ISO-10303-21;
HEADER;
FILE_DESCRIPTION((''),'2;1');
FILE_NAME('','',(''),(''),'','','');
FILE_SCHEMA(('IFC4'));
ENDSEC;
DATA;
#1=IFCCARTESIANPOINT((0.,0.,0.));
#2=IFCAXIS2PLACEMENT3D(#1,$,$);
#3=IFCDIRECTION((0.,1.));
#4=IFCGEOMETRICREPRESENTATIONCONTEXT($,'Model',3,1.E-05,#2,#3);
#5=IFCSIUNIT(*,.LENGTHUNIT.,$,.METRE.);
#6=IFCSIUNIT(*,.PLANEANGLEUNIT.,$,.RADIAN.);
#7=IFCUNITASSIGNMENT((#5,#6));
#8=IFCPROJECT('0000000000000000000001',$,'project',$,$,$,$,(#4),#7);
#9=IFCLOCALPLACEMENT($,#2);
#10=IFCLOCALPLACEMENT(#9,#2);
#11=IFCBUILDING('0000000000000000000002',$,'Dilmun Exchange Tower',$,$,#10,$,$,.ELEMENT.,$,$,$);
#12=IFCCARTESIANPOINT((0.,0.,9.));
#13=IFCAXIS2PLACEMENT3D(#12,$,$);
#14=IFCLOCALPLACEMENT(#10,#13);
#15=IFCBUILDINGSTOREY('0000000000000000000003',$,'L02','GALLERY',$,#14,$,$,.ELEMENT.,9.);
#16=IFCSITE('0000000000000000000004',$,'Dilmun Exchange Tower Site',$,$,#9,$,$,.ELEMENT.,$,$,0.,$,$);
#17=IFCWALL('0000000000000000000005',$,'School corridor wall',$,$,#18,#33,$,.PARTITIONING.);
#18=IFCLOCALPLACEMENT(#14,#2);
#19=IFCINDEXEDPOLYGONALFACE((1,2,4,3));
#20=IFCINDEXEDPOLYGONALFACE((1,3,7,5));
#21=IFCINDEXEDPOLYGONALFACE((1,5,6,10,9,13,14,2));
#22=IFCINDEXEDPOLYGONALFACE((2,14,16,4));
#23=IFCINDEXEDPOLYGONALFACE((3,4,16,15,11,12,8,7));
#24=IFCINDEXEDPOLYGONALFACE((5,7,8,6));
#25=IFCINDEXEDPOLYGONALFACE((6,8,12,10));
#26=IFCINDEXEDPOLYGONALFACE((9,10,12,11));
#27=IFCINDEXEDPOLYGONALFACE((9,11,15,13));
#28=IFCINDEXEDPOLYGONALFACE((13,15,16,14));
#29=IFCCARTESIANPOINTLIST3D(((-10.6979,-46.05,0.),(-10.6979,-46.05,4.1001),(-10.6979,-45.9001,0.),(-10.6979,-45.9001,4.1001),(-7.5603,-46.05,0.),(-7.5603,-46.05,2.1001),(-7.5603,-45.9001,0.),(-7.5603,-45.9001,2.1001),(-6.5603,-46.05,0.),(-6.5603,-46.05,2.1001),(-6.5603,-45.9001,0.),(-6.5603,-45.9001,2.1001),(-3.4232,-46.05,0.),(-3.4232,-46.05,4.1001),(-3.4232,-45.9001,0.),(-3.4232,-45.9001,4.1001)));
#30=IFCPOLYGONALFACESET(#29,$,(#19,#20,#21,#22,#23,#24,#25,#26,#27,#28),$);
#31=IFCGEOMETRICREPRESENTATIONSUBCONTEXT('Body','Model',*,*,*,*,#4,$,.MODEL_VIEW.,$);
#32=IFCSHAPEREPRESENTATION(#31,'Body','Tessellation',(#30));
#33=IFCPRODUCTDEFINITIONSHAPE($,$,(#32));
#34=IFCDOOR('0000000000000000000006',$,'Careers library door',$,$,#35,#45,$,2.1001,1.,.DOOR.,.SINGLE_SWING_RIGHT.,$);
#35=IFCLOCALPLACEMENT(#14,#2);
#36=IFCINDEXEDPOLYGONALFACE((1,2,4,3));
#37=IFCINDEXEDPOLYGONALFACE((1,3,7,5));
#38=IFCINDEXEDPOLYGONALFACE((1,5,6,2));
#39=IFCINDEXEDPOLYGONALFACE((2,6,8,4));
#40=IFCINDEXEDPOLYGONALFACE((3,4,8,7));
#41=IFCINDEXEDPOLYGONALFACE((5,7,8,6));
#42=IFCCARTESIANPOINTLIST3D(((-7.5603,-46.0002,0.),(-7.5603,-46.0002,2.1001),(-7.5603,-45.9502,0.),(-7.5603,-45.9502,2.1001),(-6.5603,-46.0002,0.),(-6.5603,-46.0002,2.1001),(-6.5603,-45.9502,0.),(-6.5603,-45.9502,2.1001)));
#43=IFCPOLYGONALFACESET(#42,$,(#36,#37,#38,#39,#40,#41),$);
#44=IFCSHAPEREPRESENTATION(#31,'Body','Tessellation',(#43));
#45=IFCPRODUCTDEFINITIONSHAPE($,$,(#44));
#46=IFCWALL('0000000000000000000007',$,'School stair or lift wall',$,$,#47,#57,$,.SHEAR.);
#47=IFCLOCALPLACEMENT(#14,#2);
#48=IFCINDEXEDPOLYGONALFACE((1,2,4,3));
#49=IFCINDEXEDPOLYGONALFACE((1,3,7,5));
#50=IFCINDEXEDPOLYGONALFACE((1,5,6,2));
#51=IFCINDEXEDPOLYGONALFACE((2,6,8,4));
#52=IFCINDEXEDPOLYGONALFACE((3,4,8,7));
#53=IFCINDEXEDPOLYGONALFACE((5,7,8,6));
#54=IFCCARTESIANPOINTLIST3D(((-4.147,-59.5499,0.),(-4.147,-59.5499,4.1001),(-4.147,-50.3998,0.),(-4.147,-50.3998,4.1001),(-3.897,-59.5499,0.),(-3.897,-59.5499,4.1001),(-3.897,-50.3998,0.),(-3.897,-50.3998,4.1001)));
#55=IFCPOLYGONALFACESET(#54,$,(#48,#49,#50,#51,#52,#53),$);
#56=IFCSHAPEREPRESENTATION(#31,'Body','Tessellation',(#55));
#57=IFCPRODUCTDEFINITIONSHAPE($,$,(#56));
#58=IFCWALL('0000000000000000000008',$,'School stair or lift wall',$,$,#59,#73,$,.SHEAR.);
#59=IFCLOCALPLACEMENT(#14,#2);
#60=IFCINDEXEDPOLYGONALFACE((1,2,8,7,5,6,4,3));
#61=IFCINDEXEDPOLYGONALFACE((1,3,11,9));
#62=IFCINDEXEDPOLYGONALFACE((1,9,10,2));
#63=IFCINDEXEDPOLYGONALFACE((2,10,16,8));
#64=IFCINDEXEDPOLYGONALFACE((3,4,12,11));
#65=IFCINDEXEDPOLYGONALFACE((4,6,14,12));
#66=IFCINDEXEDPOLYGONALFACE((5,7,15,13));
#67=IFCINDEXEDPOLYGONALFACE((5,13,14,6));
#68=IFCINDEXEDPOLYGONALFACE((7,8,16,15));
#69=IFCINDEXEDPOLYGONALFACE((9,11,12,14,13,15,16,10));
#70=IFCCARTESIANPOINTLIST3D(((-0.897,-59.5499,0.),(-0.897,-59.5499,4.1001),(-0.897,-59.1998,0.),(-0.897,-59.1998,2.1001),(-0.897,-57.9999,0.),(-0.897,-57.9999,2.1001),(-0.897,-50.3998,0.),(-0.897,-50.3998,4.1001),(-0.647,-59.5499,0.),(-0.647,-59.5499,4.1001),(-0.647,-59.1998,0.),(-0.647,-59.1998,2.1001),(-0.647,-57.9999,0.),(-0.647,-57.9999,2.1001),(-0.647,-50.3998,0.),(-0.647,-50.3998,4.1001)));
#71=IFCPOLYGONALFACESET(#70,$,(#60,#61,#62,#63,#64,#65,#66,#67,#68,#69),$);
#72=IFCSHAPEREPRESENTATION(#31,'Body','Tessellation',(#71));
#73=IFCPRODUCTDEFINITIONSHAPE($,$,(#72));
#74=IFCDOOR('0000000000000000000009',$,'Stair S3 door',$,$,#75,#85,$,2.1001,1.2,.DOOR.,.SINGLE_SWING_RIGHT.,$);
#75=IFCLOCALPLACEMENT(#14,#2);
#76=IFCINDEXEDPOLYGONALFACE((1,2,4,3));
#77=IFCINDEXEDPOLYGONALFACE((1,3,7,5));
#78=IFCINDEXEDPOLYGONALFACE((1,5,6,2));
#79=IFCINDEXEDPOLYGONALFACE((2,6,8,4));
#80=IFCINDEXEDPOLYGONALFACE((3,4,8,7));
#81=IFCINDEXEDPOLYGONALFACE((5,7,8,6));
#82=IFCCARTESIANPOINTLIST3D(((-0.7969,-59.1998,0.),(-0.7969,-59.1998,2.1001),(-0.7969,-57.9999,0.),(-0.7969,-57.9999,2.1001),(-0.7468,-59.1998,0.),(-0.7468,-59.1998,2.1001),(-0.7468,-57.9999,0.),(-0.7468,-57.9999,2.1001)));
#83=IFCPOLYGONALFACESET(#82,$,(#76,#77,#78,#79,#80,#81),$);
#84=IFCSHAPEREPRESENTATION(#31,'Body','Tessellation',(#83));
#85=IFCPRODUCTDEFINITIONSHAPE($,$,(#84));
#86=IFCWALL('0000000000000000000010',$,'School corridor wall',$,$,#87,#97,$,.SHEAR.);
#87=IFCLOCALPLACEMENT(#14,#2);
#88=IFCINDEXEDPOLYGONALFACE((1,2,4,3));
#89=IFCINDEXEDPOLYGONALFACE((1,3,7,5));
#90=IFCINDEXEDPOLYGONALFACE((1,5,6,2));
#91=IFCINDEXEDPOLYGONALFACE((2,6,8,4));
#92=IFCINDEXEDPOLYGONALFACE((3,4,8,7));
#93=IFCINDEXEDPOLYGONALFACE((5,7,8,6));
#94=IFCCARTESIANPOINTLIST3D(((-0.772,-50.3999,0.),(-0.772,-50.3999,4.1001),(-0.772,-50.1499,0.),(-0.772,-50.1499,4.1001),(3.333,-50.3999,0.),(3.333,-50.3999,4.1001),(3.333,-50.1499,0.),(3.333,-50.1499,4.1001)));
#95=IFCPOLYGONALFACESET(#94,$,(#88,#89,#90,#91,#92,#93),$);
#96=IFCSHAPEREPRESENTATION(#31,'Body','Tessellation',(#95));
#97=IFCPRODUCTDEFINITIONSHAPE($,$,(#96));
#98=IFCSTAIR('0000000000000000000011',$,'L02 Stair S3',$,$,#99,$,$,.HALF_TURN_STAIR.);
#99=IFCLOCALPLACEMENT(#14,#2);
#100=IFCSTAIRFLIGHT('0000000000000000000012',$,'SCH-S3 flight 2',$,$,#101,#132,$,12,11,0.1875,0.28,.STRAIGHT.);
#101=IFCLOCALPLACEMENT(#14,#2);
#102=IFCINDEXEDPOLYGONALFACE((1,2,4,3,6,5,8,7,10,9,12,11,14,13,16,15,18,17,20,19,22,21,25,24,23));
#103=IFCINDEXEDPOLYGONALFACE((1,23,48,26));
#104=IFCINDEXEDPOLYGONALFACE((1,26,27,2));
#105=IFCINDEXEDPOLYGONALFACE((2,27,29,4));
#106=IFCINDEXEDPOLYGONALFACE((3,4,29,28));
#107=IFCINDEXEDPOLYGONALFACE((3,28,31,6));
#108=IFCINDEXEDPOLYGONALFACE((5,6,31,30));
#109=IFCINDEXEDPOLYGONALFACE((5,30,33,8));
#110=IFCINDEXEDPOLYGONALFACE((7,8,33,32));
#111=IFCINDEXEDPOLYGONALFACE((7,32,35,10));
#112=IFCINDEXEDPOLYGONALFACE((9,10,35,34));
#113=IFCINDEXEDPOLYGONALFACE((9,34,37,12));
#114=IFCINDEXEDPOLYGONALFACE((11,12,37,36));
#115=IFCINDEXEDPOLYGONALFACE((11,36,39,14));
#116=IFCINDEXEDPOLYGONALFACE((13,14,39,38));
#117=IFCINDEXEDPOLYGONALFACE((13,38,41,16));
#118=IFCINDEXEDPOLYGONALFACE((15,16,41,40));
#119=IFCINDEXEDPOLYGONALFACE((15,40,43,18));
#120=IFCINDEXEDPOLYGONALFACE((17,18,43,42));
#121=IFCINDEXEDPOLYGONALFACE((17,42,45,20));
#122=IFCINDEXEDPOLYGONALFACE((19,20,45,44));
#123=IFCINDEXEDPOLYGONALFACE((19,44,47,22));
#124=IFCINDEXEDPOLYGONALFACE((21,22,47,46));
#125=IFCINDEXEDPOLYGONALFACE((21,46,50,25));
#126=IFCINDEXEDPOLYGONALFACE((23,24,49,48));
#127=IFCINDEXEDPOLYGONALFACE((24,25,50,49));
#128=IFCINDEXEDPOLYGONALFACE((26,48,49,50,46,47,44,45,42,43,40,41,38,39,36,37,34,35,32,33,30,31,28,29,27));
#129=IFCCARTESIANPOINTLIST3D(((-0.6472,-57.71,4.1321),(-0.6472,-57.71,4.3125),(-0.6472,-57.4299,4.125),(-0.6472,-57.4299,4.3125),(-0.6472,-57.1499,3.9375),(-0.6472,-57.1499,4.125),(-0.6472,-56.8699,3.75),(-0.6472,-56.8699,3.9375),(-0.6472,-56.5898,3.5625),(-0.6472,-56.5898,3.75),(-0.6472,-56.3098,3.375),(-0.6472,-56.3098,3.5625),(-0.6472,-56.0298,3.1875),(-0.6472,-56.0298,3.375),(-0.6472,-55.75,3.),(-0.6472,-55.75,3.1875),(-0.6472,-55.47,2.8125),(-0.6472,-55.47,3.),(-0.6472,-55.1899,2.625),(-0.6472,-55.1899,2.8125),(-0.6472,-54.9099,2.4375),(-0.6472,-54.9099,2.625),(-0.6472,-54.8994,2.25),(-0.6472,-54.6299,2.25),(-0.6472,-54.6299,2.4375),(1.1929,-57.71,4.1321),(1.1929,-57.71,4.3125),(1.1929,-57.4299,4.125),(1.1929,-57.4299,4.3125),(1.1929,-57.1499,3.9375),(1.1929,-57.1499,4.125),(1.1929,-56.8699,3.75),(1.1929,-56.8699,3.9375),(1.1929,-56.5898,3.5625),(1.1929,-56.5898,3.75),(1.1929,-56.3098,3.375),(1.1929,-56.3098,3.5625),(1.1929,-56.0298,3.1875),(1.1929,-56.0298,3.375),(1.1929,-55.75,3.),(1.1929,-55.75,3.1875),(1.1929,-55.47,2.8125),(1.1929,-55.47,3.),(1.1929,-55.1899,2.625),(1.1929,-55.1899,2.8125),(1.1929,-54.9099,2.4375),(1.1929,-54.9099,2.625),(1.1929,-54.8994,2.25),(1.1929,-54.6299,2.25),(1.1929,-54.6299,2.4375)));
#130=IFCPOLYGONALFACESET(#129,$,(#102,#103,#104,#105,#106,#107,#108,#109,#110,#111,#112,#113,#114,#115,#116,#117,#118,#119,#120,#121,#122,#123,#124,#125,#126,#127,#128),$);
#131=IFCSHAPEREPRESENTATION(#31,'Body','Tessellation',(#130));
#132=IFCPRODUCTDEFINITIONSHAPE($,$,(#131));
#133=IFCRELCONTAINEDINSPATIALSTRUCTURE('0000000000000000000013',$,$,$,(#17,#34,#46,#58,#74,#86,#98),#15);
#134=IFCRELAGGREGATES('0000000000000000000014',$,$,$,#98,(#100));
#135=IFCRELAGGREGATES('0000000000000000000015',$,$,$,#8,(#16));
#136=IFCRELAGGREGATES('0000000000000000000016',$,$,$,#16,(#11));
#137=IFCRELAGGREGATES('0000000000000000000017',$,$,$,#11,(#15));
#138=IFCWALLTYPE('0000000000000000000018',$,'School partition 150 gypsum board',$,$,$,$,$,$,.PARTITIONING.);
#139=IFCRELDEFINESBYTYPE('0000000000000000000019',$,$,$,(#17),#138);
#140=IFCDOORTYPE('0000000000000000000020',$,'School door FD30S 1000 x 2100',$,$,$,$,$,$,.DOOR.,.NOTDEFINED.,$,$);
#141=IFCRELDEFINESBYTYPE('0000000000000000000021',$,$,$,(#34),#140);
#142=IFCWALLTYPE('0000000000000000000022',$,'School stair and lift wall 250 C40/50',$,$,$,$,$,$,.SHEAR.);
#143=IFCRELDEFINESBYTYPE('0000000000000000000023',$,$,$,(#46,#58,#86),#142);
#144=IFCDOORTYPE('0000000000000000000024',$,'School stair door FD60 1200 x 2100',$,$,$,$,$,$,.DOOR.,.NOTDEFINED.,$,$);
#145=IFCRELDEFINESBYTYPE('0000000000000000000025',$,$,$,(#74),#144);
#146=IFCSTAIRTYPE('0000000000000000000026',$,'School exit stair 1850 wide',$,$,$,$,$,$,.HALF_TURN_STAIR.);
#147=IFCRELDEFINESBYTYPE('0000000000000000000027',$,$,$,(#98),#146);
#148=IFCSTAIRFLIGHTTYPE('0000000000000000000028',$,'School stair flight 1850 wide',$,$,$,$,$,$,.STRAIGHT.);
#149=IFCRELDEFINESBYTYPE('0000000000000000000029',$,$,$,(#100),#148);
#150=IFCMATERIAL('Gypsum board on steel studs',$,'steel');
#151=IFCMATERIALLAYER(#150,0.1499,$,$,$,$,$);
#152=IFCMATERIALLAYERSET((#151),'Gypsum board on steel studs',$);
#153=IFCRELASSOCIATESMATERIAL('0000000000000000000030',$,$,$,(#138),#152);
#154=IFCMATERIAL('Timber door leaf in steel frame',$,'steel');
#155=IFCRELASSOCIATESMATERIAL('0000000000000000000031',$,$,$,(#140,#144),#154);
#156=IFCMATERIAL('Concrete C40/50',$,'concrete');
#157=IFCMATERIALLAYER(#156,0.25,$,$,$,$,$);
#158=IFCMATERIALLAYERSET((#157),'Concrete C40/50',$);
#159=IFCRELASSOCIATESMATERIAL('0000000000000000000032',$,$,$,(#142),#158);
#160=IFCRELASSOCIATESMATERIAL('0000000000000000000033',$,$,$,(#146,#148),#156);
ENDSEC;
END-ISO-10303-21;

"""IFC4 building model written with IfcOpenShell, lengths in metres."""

from ifc_helpers import new_model, si_unit, direction, frame, frame_2d, origin, place, context, subcontext, project, spatial, polyline, rectangle, outline, extrude, material, layer, layer_set, type_object, element, fill, aggregate, save


model = new_model("IFC4")

# Units and contexts
model_context = context("Model", 3, precision=1e-05, world=origin(), true_north=direction((0.0, 1.0)))
body_context = subcontext(model_context, "Body", "Model", "MODEL_VIEW")
ifc_project = project(units=[si_unit("LENGTHUNIT", "METRE"), si_unit("PLANEANGLEUNIT", "RADIAN")], contexts=[model_context])

# Site, building, storey
site_placement = place(None, origin())
site = spatial("IfcSite", under=ifc_project, at=site_placement, Name="Dilmun Exchange Tower Site", CompositionType="ELEMENT", RefElevation=0.0)
building_placement = place(site_placement, origin())
building = spatial("IfcBuilding", under=site, at=building_placement, Name="Dilmun Exchange Tower", CompositionType="ELEMENT")
storey_placement = place(building_placement, frame((0.0, 0.0, 9.0)))
storey = spatial("IfcBuildingStorey", under=building, at=storey_placement, Name="L02", Description="GALLERY", CompositionType="ELEMENT", Elevation=9.0)

# Shared definitions
ifc_material_1 = material(Name="Concrete C40/50", Category="concrete")

# Shared definitions
ifc_material_2 = material(Name="Gypsum board on steel studs", Category="steel")
ifc_layer_1 = layer(ifc_material_2, 0.1499)
ifc_layer_set_1 = layer_set([ifc_layer_1], Name="Gypsum board on steel studs")
wall_type_1 = type_object("IfcWallType", Name="School partition 150 gypsum board", PredefinedType="PARTITIONING", material=ifc_layer_set_1)

# Wall, opening, door
ifc_material_3 = material(Name="Timber door leaf in steel frame", Category="steel")
door_type_1 = type_object("IfcDoorType", Name="School door FD30S 1000 x 2100", OperationType="NOTDEFINED", PredefinedType="DOOR", material=ifc_material_3)
wall_1_placement = place(storey_placement, frame((-10.6978, -45.9751, 0.0), z_axis=(0.0, 0.0, 1.0), x_axis=(1.0, 0.0, 0.0)))
wall_1 = element("IfcWall", 1, at=wall_1_placement, inside=storey, type_object=wall_type_1, Name="School corridor wall", PredefinedType="PARTITIONING", context=body_context, shape_type="SweptSolid", body=[
    extrude(rectangle(XDim=7.2747, YDim=0.1499, at=frame_2d((3.6372, 0.0))), origin(), (0.0, 0.0, 1.0), 4.1001),
])
opening_1_placement = place(wall_1_placement, frame((3.1375, 0.0, 0.0)))
opening_1 = element("IfcOpeningElement", 2, at=opening_1_placement, cuts=wall_1, PredefinedType="OPENING", context=body_context, shape_type="SweptSolid", body=[
    extrude(rectangle(XDim=1.0, YDim=2.1001, at=frame_2d((0.5, 1.05))), frame((0.0, 0.085, 0.0), z_axis=(0.0, -1.0, 0.0), x_axis=(1.0, 0.0, 0.0)), (0.0, 0.0, 1.0), 0.1699),
])
door_1_placement = place(opening_1_placement, origin())
door_1 = element("IfcDoor", 3, at=door_1_placement, inside=storey, type_object=door_type_1, Name="Careers library door", OperationType="SINGLE_SWING_RIGHT", OverallHeight=2.1001, OverallWidth=1.0, PredefinedType="DOOR", context=body_context, shape_type="SweptSolid", body=[
    extrude(rectangle(XDim=1.0, YDim=2.1001, at=frame_2d((0.5, 1.05))), frame((0.0, 0.0249, 0.0), z_axis=(0.0, -1.0, 0.0), x_axis=(1.0, 0.0, 0.0)), (0.0, 0.0, 1.0), 0.05),
])
fill(opening_1, door_1)

# Wall
ifc_layer_2 = layer(ifc_material_1, 0.25)
ifc_layer_set_2 = layer_set([ifc_layer_2], Name="Concrete C40/50")
wall_type_2 = type_object("IfcWallType", Name="School stair and lift wall 250 C40/50", PredefinedType="SHEAR", material=ifc_layer_set_2)
wall_2_placement = place(storey_placement, frame((-4.022, -59.55, 0.0), z_axis=(0.0, 0.0, 1.0), x_axis=(0.0, 1.0, 0.0)))
element("IfcWall", 4, at=wall_2_placement, inside=storey, type_object=wall_type_2, Name="School stair or lift wall", PredefinedType="SHEAR", context=body_context, shape_type="SweptSolid", body=[
    extrude(rectangle(XDim=9.1501, YDim=0.25, at=frame_2d((4.5752, 0.0))), origin(), (0.0, 0.0, 1.0), 4.1001),
])

# Wall, opening, door
wall_3_placement = place(storey_placement, frame((-0.772, -59.55, 0.0), z_axis=(0.0, 0.0, 1.0), x_axis=(0.0, 1.0, 0.0)))
wall_3 = element("IfcWall", 5, at=wall_3_placement, inside=storey, type_object=wall_type_2, Name="School stair or lift wall", PredefinedType="SHEAR", context=body_context, shape_type="SweptSolid", body=[
    extrude(rectangle(XDim=9.1501, YDim=0.25, at=frame_2d((4.5752, 0.0))), origin(), (0.0, 0.0, 1.0), 4.1001),
])
opening_2_placement = place(wall_3_placement, frame((0.3501, 0.0, 0.0)))
opening_2 = element("IfcOpeningElement", 6, at=opening_2_placement, cuts=wall_3, PredefinedType="OPENING", context=body_context, shape_type="SweptSolid", body=[
    extrude(rectangle(XDim=1.2, YDim=2.1001, at=frame_2d((0.6001, 1.05))), frame((0.0, 0.135, 0.0), z_axis=(0.0, -1.0, 0.0), x_axis=(1.0, 0.0, 0.0)), (0.0, 0.0, 1.0), 0.27),
])
door_type_2 = type_object("IfcDoorType", Name="School stair door FD60 1200 x 2100", OperationType="NOTDEFINED", PredefinedType="DOOR", material=ifc_material_3)
door_2_placement = place(opening_2_placement, origin())
door_2 = element("IfcDoor", 7, at=door_2_placement, inside=storey, type_object=door_type_2, Name="Stair S3 door", OperationType="SINGLE_SWING_RIGHT", OverallHeight=2.1001, OverallWidth=1.2, PredefinedType="DOOR", context=body_context, shape_type="SweptSolid", body=[
    extrude(rectangle(XDim=1.2, YDim=2.1001, at=frame_2d((0.6001, 1.05))), frame((0.0, 0.0249, 0.0), z_axis=(0.0, -1.0, 0.0), x_axis=(1.0, 0.0, 0.0)), (0.0, 0.0, 1.0), 0.05),
])
fill(opening_2, door_2)

# Wall
wall_4_placement = place(storey_placement, frame((-0.772, -50.2749, 0.0), z_axis=(0.0, 0.0, 1.0), x_axis=(1.0, 0.0, 0.0)))
element("IfcWall", 8, at=wall_4_placement, inside=storey, type_object=wall_type_2, Name="School corridor wall", PredefinedType="SHEAR", context=body_context, shape_type="SweptSolid", body=[
    extrude(rectangle(XDim=4.105, YDim=0.25, at=frame_2d((2.0525, 0.0))), origin(), (0.0, 0.0, 1.0), 4.1001),
])

# Stair, stair flight
stair_type = type_object("IfcStairType", Name="School exit stair 1850 wide", PredefinedType="HALF_TURN_STAIR", material=ifc_material_1)
stair_placement = place(storey_placement, origin())
stair = element("IfcStair", 9, at=stair_placement, inside=storey, type_object=stair_type, Name="L02 Stair S3", PredefinedType="HALF_TURN_STAIR")
stair_flight_type = type_object("IfcStairFlightType", Name="School stair flight 1850 wide", PredefinedType="STRAIGHT", material=ifc_material_1)
stair_flight_placement = place(storey_placement, frame((0.2729, -54.6299, 2.25), z_axis=(0.0, 0.0, 1.0), x_axis=(0.0, -1.0, 0.0)))
stair_flight = element("IfcStairFlight", 10, at=stair_flight_placement, type_object=stair_flight_type, Name="SCH-S3 flight 2", NumberOfRisers=12, NumberOfTreads=11, PredefinedType="STRAIGHT", RiserHeight=0.1875, TreadLength=0.28, context=body_context, shape_type="SweptSolid", body=[
    extrude(outline(polyline([(0.0, 0.0), (0.0, 0.1875), (0.28, 0.1875), (0.28, 0.375), (0.5601, 0.375), (0.5601, 0.5625), (0.8401, 0.5625), (0.8401, 0.75), (1.1201, 0.75), (1.1201, 0.9375), (1.3999, 0.9375), (1.3999, 1.125), (1.6799, 1.125), (1.6799, 1.3125), (1.96, 1.3125), (1.96, 1.5), (2.24, 1.5), (2.24, 1.6875), (2.52, 1.6875), (2.52, 1.875), (2.8, 1.875), (2.8, 2.0625), (3.0801, 2.0625), (3.0801, 2.25), (3.0801, 1.8821), (0.2695, 0.0), (0.0, 0.0)])), frame((0.0, 0.9199, 0.0), z_axis=(0.0, -1.0, 0.0), x_axis=(1.0, 0.0, 0.0)), (0.0, 0.0, 1.0), 1.8401),
])
aggregate(stair, [stair_flight])

save(model, "model.ifc")
